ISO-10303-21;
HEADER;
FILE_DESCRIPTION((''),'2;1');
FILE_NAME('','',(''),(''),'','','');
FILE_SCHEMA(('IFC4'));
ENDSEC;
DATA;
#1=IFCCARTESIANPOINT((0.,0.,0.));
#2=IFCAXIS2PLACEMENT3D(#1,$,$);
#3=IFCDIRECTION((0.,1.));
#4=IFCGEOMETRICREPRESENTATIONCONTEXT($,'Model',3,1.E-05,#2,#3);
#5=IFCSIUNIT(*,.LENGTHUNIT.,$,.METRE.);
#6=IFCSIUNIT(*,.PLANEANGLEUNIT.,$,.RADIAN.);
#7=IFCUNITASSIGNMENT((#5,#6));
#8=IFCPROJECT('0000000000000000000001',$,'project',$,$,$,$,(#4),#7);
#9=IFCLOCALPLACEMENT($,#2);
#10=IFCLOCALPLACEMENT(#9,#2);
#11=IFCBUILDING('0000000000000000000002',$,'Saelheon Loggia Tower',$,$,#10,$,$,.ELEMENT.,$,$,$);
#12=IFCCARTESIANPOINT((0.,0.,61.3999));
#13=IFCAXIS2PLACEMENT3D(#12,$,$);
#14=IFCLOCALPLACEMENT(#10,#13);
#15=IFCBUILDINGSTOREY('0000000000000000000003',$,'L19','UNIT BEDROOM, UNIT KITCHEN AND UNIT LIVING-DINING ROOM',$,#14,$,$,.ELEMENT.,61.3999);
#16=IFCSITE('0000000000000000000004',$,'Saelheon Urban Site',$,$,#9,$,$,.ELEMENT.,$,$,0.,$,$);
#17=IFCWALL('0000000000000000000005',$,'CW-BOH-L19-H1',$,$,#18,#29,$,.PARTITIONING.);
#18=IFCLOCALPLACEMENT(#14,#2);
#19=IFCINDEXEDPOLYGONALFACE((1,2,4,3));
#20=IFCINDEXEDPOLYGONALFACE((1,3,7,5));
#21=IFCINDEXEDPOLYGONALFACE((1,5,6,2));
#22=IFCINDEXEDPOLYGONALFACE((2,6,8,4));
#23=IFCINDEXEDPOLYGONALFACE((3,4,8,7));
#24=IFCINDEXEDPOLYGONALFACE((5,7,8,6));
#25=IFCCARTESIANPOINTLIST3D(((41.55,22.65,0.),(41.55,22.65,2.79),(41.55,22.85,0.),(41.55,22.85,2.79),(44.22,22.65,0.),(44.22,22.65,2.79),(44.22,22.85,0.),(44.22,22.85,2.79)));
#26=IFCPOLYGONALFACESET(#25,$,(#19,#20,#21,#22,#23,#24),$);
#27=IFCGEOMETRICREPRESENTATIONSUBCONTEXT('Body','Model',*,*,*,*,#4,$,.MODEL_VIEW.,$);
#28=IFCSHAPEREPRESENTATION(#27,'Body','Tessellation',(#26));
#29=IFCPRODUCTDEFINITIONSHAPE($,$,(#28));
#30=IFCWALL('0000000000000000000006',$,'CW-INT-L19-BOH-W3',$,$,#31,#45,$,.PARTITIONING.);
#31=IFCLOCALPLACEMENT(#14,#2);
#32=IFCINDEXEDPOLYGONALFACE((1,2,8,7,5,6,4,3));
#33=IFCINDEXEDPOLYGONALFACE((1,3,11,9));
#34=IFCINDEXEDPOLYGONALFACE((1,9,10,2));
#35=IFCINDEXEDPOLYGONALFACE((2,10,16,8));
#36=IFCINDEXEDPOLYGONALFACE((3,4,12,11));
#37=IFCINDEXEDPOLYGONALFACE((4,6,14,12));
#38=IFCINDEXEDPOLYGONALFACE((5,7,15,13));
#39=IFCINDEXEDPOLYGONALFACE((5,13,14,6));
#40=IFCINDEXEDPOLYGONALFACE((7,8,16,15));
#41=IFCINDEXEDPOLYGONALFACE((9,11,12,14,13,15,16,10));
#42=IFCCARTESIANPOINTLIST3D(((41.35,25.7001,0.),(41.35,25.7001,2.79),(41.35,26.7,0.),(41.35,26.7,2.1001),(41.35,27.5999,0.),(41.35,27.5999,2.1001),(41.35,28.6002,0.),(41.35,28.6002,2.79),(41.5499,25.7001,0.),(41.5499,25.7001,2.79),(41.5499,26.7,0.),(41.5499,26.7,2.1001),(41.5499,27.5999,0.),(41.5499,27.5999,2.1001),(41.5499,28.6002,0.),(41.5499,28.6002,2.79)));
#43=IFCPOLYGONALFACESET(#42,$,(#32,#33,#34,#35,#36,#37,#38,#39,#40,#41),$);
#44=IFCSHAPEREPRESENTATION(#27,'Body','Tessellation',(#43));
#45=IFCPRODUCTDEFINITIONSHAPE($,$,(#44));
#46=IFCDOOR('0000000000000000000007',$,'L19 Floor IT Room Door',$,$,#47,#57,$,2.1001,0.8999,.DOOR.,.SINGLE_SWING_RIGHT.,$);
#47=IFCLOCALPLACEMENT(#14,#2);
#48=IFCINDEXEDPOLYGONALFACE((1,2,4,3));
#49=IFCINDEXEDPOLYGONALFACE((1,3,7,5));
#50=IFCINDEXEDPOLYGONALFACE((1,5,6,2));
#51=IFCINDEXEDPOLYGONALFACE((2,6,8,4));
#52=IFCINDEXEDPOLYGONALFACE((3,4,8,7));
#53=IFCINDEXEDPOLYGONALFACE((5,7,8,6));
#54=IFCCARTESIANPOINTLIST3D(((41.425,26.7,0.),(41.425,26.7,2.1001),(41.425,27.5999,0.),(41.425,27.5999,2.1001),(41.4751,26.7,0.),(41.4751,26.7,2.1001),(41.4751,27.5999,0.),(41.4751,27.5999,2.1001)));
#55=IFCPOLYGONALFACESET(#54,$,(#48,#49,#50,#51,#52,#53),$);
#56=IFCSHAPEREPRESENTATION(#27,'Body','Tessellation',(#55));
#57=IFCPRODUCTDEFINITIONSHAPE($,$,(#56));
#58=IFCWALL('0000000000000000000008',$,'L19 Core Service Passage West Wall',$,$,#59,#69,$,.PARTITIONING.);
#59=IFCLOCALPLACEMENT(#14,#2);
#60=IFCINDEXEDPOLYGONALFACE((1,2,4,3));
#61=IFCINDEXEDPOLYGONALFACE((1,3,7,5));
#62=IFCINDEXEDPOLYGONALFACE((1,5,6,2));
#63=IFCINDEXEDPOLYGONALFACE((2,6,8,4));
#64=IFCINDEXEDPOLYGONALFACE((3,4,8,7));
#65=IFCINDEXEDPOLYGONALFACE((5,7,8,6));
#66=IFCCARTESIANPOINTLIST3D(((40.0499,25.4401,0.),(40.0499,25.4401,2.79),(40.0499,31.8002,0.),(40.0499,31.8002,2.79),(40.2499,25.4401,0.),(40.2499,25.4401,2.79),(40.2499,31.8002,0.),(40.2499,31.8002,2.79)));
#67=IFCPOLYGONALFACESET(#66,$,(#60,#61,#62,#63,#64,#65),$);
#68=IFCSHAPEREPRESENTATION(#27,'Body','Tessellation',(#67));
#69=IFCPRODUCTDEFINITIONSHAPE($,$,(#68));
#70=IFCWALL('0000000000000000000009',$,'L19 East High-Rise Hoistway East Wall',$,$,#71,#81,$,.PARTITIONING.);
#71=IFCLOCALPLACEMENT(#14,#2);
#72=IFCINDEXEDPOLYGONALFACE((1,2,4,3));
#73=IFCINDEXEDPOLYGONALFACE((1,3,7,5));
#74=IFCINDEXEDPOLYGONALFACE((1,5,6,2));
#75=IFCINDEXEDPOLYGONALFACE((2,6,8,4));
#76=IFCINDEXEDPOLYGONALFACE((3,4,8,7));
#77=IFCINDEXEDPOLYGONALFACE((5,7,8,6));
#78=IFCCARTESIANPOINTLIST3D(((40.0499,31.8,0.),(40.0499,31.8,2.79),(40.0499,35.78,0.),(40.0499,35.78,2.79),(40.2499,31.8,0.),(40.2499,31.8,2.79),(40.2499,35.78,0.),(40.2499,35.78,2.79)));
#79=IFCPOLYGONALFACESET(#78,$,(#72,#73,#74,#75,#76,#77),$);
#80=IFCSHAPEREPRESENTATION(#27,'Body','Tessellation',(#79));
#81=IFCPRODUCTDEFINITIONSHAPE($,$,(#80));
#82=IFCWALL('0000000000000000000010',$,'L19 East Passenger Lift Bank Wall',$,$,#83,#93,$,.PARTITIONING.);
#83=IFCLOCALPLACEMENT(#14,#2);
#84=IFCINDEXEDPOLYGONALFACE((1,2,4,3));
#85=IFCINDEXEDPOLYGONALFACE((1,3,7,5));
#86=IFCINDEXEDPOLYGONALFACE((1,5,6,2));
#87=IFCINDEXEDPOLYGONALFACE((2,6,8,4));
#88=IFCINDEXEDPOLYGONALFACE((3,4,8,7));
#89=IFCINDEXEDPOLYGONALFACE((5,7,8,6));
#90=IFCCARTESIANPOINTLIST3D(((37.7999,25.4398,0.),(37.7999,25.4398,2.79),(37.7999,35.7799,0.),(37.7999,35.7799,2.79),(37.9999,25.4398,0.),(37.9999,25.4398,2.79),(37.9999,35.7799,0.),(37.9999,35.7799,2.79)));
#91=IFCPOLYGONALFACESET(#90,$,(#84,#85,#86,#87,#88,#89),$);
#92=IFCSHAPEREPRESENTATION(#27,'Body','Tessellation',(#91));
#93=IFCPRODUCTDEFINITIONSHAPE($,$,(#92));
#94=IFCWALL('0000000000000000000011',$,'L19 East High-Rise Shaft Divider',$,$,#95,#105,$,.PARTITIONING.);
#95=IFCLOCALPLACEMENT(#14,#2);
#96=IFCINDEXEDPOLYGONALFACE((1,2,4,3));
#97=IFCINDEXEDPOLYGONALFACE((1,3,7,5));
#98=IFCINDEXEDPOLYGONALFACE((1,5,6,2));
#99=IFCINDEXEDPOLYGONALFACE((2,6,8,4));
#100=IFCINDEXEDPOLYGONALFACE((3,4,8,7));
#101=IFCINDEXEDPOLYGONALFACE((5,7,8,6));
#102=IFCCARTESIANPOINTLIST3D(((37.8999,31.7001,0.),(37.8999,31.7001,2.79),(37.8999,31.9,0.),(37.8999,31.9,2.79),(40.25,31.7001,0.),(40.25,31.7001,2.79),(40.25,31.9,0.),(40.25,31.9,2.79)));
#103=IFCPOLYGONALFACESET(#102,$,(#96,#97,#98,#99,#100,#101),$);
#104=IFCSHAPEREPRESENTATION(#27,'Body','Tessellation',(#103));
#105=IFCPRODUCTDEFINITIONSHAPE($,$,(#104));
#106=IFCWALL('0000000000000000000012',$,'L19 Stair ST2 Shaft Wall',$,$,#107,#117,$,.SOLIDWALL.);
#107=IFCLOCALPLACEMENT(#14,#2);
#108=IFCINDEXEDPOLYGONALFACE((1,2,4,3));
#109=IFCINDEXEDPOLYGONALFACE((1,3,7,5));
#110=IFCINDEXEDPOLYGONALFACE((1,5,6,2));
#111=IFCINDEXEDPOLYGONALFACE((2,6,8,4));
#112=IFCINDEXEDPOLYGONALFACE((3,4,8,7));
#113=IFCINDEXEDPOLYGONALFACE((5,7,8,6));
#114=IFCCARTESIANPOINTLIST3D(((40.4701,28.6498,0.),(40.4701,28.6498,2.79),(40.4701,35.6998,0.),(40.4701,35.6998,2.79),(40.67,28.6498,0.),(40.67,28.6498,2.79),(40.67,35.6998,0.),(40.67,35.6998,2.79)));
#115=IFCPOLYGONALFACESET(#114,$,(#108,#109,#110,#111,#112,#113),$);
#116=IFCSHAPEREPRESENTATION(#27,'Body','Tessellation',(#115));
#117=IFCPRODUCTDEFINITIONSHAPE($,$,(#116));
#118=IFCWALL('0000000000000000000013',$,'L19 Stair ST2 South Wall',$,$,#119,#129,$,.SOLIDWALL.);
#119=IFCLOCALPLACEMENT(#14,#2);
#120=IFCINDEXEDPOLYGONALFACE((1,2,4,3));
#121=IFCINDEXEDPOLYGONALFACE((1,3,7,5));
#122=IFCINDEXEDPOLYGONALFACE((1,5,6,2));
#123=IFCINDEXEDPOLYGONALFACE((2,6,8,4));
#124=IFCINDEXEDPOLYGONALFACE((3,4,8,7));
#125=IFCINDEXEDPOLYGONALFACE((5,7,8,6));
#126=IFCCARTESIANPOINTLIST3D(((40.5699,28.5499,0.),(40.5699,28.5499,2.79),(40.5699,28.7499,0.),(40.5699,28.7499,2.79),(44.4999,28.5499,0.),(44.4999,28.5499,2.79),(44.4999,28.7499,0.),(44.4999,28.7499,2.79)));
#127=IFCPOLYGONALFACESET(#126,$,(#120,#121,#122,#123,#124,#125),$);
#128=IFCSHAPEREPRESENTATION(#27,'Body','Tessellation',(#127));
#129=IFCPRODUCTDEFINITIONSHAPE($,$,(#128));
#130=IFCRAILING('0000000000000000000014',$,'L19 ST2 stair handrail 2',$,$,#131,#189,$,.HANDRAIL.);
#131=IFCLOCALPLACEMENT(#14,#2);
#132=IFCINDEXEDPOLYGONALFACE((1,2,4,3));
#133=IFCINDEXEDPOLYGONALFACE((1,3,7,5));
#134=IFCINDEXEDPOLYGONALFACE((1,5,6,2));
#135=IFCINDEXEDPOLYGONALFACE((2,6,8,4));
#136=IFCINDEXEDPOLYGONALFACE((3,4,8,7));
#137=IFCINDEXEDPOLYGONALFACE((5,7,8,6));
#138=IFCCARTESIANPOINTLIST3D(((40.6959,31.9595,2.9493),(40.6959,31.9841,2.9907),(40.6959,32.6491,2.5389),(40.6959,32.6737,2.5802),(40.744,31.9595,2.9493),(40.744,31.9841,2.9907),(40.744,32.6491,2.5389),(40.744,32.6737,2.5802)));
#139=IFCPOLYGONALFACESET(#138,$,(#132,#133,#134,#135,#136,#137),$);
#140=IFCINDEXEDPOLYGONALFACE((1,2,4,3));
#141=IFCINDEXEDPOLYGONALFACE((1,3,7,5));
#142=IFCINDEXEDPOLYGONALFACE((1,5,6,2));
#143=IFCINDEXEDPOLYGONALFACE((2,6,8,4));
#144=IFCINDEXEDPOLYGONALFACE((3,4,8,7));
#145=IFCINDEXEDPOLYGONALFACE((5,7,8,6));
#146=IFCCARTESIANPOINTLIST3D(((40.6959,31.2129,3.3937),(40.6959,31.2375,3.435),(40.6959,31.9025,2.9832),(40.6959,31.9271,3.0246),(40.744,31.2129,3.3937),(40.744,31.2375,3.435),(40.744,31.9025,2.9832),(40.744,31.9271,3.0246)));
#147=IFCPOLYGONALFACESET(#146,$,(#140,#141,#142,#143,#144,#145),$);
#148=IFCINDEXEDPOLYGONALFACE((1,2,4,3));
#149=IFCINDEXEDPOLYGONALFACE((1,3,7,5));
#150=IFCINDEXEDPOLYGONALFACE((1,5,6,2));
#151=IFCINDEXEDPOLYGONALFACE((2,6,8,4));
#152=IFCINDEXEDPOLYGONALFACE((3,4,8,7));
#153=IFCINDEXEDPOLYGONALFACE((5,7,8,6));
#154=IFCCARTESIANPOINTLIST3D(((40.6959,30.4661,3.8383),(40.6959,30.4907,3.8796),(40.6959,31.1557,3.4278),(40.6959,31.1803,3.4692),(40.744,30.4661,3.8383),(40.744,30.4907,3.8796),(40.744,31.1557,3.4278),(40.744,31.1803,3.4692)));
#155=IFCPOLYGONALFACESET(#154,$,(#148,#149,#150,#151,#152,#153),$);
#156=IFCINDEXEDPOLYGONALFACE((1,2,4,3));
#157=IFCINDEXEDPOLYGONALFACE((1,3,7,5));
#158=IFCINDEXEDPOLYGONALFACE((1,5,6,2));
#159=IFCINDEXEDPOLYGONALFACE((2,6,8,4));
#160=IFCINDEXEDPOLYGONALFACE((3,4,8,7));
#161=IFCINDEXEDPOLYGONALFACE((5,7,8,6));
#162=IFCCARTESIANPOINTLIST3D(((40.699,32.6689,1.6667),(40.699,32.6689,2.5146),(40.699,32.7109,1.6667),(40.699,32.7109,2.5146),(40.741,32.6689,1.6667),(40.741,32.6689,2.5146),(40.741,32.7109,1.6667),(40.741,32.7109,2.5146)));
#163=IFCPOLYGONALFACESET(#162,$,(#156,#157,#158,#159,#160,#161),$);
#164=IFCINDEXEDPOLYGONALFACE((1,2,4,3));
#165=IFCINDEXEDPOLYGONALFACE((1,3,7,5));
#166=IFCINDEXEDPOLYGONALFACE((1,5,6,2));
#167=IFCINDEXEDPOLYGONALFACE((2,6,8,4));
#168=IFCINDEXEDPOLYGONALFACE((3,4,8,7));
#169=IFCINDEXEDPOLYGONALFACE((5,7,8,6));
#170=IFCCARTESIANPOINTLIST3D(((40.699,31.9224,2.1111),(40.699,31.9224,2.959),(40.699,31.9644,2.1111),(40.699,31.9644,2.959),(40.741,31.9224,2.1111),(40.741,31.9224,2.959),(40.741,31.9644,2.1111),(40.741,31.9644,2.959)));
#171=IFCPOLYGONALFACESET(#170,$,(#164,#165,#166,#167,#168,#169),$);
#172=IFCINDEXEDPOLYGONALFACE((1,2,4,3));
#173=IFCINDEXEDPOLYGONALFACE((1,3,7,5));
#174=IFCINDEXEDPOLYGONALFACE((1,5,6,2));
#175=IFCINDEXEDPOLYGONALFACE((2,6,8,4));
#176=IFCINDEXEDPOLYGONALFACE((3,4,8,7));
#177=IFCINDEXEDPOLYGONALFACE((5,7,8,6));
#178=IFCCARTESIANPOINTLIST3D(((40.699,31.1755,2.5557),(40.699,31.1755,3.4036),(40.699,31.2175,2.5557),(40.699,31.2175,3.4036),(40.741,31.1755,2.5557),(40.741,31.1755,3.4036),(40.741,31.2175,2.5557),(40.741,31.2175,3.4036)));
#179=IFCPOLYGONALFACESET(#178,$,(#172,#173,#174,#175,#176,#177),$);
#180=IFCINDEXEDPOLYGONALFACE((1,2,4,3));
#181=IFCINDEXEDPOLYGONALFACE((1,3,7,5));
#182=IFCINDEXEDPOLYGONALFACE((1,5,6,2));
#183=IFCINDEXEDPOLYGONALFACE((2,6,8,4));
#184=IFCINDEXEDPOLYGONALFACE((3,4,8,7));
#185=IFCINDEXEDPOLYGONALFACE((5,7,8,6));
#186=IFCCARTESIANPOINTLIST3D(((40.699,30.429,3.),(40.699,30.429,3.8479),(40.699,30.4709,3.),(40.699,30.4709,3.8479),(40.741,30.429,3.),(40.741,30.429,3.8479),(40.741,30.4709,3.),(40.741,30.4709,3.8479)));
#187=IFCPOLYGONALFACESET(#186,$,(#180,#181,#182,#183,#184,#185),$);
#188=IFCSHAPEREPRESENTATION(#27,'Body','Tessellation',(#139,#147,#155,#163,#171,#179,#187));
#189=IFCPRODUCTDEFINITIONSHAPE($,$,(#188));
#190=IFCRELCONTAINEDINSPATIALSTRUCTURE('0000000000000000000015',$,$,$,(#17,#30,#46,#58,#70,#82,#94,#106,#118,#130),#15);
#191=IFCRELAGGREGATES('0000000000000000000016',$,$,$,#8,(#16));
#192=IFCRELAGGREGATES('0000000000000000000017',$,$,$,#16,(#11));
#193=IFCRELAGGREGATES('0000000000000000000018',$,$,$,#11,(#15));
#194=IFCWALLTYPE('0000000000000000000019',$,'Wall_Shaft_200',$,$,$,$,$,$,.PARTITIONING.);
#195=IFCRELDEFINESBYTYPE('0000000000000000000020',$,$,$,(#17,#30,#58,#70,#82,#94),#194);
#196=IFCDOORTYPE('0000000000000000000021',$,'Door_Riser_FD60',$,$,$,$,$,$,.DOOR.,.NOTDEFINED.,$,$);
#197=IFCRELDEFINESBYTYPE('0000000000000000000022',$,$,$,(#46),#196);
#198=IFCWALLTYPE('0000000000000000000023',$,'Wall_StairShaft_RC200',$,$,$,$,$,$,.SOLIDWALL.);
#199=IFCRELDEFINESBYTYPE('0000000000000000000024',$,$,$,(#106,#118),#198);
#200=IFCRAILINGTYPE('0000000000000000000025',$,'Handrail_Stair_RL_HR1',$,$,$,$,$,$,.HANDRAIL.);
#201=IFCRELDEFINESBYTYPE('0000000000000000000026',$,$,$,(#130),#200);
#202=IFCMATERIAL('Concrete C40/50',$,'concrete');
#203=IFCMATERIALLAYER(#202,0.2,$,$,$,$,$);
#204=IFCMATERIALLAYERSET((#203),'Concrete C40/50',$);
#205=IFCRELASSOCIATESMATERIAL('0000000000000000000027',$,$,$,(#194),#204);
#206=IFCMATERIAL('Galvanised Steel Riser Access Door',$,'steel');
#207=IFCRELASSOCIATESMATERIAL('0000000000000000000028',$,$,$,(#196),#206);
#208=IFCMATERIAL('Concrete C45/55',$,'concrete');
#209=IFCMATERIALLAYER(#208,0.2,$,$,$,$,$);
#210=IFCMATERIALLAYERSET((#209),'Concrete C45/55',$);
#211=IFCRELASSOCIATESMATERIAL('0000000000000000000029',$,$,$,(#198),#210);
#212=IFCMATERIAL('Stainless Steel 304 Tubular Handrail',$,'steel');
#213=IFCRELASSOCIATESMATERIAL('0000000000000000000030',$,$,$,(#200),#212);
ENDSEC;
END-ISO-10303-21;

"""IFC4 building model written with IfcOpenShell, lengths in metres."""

from ifc_helpers import new_model, si_unit, direction, frame, frame_2d, origin, origin_2d, place, context, subcontext, project, spatial, rectangle, extrude, source, transform, mapped, material, layer, layer_set, type_object, element, fill, save


model = new_model("IFC4")

# Units and contexts
model_context = context("Model", 3, precision=1e-05, world=origin(), true_north=direction((0.0, 1.0)))
body_context = subcontext(model_context, "Body", "Model", "MODEL_VIEW")
ifc_project = project(units=[si_unit("LENGTHUNIT", "METRE"), si_unit("PLANEANGLEUNIT", "RADIAN")], contexts=[model_context])

# Site, building, storey
site_placement = place(None, origin())
site = spatial("IfcSite", under=ifc_project, at=site_placement, Name="Saelheon Urban Site", CompositionType="ELEMENT", RefElevation=0.0)
building_placement = place(site_placement, origin())
building = spatial("IfcBuilding", under=site, at=building_placement, Name="Saelheon Loggia Tower", CompositionType="ELEMENT")
storey_placement = place(building_placement, frame((0.0, 0.0, 61.3999)))
storey = spatial("IfcBuildingStorey", under=building, at=storey_placement, Name="L19", Description="UNIT BEDROOM, UNIT KITCHEN AND UNIT LIVING-DINING ROOM", CompositionType="ELEMENT", Elevation=61.3999)

# Wall
ifc_material_1 = material(Name="Concrete C40/50", Category="concrete")
ifc_layer_1 = layer(ifc_material_1, 0.2)
ifc_layer_set_1 = layer_set([ifc_layer_1], Name="Concrete C40/50")
wall_type_1 = type_object("IfcWallType", Name="Wall_Shaft_200", PredefinedType="PARTITIONING", material=ifc_layer_set_1)
wall_1_placement = place(storey_placement, frame((41.55, 22.75, 0.0), z_axis=(0.0, 0.0, 1.0), x_axis=(1.0, 0.0, 0.0)))
element("IfcWall", 1, at=wall_1_placement, inside=storey, type_object=wall_type_1, Name="CW-BOH-L19-H1", PredefinedType="PARTITIONING", context=body_context, shape_type="SweptSolid", body=[
    extrude(rectangle(XDim=2.6699, YDim=0.2, at=frame_2d((1.335, 0.0))), origin(), (0.0, 0.0, 1.0), 2.79),
])

# Wall, opening, door
wall_2_placement = place(storey_placement, frame((41.45, 25.7, 0.0), z_axis=(0.0, 0.0, 1.0), x_axis=(0.0, 1.0, 0.0)))
wall_2 = element("IfcWall", 2, at=wall_2_placement, inside=storey, type_object=wall_type_1, Name="CW-INT-L19-BOH-W3", PredefinedType="PARTITIONING", context=body_context, shape_type="SweptSolid", body=[
    extrude(rectangle(XDim=2.9001, YDim=0.2, at=frame_2d((1.4502, 0.0))), origin(), (0.0, 0.0, 1.0), 2.79),
])
opening_1_placement = place(wall_2_placement, frame((1.0, 0.0, 0.0)))
opening_1 = element("IfcOpeningElement", 3, at=opening_1_placement, cuts=wall_2, PredefinedType="OPENING", context=body_context, shape_type="SweptSolid", body=[
    extrude(rectangle(XDim=0.8999, YDim=2.1001, at=frame_2d((0.45, 1.05))), frame((0.0, 0.1121, 0.0), z_axis=(0.0, -1.0, 0.0), x_axis=(1.0, 0.0, 0.0)), (0.0, 0.0, 1.0), 0.2239),
])
ifc_material_2 = material(Name="Galvanised Steel Riser Access Door", Category="steel")
door_type_1 = type_object("IfcDoorType", Name="Door_Riser_FD60", OperationType="NOTDEFINED", PredefinedType="DOOR", material=ifc_material_2)
shared_shape_1 = source(origin(), body_context, "Body", "SweptSolid", [
    extrude(rectangle(XDim=0.8999, YDim=2.1001, at=frame_2d((0.45, 1.05))), frame((0.0, 0.0249, 0.0), z_axis=(0.0, -1.0, 0.0), x_axis=(1.0, 0.0, 0.0)), (0.0, 0.0, 1.0), 0.05),
])
door_1_placement = place(opening_1_placement, origin())
door_1 = element("IfcDoor", 4, at=door_1_placement, inside=storey, type_object=door_type_1, Name="L19 Floor IT Room Door", OperationType="SINGLE_SWING_RIGHT", OverallHeight=2.1001, OverallWidth=0.8999, PredefinedType="DOOR", context=body_context, shape_type="MappedRepresentation", body=[
    mapped(shared_shape_1, transform((0.0, 0.0, 0.0), scale=1.0)),
])
fill(opening_1, door_1)

# Walls
wall_3_placement = place(storey_placement, frame((40.1499, 25.4399, 0.0), z_axis=(0.0, 0.0, 1.0), x_axis=(0.0, 1.0, 0.0)))
element("IfcWall", 5, at=wall_3_placement, inside=storey, type_object=wall_type_1, Name="L19 Core Service Passage West Wall", PredefinedType="PARTITIONING", context=body_context, shape_type="SweptSolid", body=[
    extrude(rectangle(XDim=6.3601, YDim=0.2, at=frame_2d((3.1802, 0.0))), origin(), (0.0, 0.0, 1.0), 2.79),
])
wall_4_placement = place(storey_placement, frame((40.1499, 31.8, 0.0), z_axis=(0.0, 0.0, 1.0), x_axis=(0.0, 1.0, 0.0)))
element("IfcWall", 6, at=wall_4_placement, inside=storey, type_object=wall_type_1, Name="L19 East High-Rise Hoistway East Wall", PredefinedType="PARTITIONING", context=body_context, shape_type="SweptSolid", body=[
    extrude(rectangle(XDim=3.98, YDim=0.2, at=frame_2d((1.99, 0.0))), origin(), (0.0, 0.0, 1.0), 2.79),
])

# Walls
wall_5_placement = place(storey_placement, frame((37.8999, 25.4399, 0.0), z_axis=(0.0, 0.0, 1.0), x_axis=(0.0, 1.0, 0.0)))
element("IfcWall", 7, at=wall_5_placement, inside=storey, type_object=wall_type_1, Name="L19 East Passenger Lift Bank Wall", PredefinedType="PARTITIONING", context=body_context, shape_type="SweptSolid", body=[
    extrude(rectangle(XDim=10.3401, YDim=0.2, at=frame_2d((5.1699, 0.0))), origin(), (0.0, 0.0, 1.0), 2.79),
])
wall_6_placement = place(storey_placement, frame((37.8999, 31.8, 0.0), z_axis=(0.0, 0.0, 1.0), x_axis=(1.0, 0.0, 0.0)))
element("IfcWall", 8, at=wall_6_placement, inside=storey, type_object=wall_type_1, Name="L19 East High-Rise Shaft Divider", PredefinedType="PARTITIONING", context=body_context, shape_type="SweptSolid", body=[
    extrude(rectangle(XDim=2.3501, YDim=0.2, at=frame_2d((1.175, 0.0))), origin(), (0.0, 0.0, 1.0), 2.79),
])
ifc_material_3 = material(Name="Concrete C45/55", Category="concrete")
ifc_layer_2 = layer(ifc_material_3, 0.2)
ifc_layer_set_2 = layer_set([ifc_layer_2], Name="Concrete C45/55")
wall_type_2 = type_object("IfcWallType", Name="Wall_StairShaft_RC200", PredefinedType="SOLIDWALL", material=ifc_layer_set_2)
wall_7_placement = place(storey_placement, frame((40.5701, 28.6499, 0.0), z_axis=(0.0, 0.0, 1.0), x_axis=(0.0, 1.0, 0.0)))
element("IfcWall", 9, at=wall_7_placement, inside=storey, type_object=wall_type_2, Name="L19 Stair ST2 Shaft Wall", PredefinedType="SOLIDWALL", context=body_context, shape_type="SweptSolid", body=[
    extrude(rectangle(XDim=7.05, YDim=0.2, at=frame_2d((3.5249, 0.0))), origin(), (0.0, 0.0, 1.0), 2.79),
])
wall_8_placement = place(storey_placement, frame((40.5701, 28.6499, 0.0), z_axis=(0.0, 0.0, 1.0), x_axis=(1.0, 0.0, 0.0)))
element("IfcWall", 10, at=wall_8_placement, inside=storey, type_object=wall_type_2, Name="L19 Stair ST2 South Wall", PredefinedType="SOLIDWALL", context=body_context, shape_type="SweptSolid", body=[
    extrude(rectangle(XDim=3.9299, YDim=0.2, at=frame_2d((1.9648, 0.0))), origin(), (0.0, 0.0, 1.0), 2.79),
])

# Railing
ifc_material_4 = material(Name="Stainless Steel 304 Tubular Handrail", Category="steel")
railing_type = type_object("IfcRailingType", Name="Handrail_Stair_RL_HR1", PredefinedType="HANDRAIL", material=ifc_material_4)
railing_placement = place(storey_placement, frame((40.72, 32.6899, 1.6667)))
element("IfcRailing", 11, at=railing_placement, inside=storey, type_object=railing_type, Name="L19 ST2 stair handrail 2", PredefinedType="HANDRAIL", context=body_context, shape_type="SweptSolid", body=[
    extrude(rectangle(XDim=0.0481, YDim=0.0481, at=origin_2d()), frame((0.0, -0.0286, 0.8928), z_axis=(0.0, -0.859306, 0.511462), x_axis=(1.0, 0.0, 0.0)), (0.0, 0.0, 1.0), 0.8025),
    extrude(rectangle(XDim=0.0481, YDim=0.0481, at=origin_2d()), frame((0.0, -0.7751, 1.3372), z_axis=(0.0, -0.859306, 0.511462), x_axis=(1.0, 0.0, 0.0)), (0.0, 0.0, 1.0), 0.8025),
    extrude(rectangle(XDim=0.0481, YDim=0.0481, at=origin_2d()), frame((0.0, -1.522, 1.7817), z_axis=(0.0, -0.859306, 0.511462), x_axis=(1.0, 0.0, 0.0)), (0.0, 0.0, 1.0), 0.8025),
    extrude(rectangle(XDim=0.042, YDim=0.042, at=origin_2d()), origin(), (0.0, 0.0, 1.0), 0.8479),
    extrude(rectangle(XDim=0.042, YDim=0.042, at=origin_2d()), frame((0.0, -0.7466, 0.4443)), (0.0, 0.0, 1.0), 0.8479),
    extrude(rectangle(XDim=0.042, YDim=0.042, at=origin_2d()), frame((0.0, -1.4934, 0.8889)), (0.0, 0.0, 1.0), 0.8479),
    extrude(rectangle(XDim=0.042, YDim=0.042, at=origin_2d()), frame((0.0, -2.24, 1.3333)), (0.0, 0.0, 1.0), 0.8479),
])

save(model, "model.ifc")
